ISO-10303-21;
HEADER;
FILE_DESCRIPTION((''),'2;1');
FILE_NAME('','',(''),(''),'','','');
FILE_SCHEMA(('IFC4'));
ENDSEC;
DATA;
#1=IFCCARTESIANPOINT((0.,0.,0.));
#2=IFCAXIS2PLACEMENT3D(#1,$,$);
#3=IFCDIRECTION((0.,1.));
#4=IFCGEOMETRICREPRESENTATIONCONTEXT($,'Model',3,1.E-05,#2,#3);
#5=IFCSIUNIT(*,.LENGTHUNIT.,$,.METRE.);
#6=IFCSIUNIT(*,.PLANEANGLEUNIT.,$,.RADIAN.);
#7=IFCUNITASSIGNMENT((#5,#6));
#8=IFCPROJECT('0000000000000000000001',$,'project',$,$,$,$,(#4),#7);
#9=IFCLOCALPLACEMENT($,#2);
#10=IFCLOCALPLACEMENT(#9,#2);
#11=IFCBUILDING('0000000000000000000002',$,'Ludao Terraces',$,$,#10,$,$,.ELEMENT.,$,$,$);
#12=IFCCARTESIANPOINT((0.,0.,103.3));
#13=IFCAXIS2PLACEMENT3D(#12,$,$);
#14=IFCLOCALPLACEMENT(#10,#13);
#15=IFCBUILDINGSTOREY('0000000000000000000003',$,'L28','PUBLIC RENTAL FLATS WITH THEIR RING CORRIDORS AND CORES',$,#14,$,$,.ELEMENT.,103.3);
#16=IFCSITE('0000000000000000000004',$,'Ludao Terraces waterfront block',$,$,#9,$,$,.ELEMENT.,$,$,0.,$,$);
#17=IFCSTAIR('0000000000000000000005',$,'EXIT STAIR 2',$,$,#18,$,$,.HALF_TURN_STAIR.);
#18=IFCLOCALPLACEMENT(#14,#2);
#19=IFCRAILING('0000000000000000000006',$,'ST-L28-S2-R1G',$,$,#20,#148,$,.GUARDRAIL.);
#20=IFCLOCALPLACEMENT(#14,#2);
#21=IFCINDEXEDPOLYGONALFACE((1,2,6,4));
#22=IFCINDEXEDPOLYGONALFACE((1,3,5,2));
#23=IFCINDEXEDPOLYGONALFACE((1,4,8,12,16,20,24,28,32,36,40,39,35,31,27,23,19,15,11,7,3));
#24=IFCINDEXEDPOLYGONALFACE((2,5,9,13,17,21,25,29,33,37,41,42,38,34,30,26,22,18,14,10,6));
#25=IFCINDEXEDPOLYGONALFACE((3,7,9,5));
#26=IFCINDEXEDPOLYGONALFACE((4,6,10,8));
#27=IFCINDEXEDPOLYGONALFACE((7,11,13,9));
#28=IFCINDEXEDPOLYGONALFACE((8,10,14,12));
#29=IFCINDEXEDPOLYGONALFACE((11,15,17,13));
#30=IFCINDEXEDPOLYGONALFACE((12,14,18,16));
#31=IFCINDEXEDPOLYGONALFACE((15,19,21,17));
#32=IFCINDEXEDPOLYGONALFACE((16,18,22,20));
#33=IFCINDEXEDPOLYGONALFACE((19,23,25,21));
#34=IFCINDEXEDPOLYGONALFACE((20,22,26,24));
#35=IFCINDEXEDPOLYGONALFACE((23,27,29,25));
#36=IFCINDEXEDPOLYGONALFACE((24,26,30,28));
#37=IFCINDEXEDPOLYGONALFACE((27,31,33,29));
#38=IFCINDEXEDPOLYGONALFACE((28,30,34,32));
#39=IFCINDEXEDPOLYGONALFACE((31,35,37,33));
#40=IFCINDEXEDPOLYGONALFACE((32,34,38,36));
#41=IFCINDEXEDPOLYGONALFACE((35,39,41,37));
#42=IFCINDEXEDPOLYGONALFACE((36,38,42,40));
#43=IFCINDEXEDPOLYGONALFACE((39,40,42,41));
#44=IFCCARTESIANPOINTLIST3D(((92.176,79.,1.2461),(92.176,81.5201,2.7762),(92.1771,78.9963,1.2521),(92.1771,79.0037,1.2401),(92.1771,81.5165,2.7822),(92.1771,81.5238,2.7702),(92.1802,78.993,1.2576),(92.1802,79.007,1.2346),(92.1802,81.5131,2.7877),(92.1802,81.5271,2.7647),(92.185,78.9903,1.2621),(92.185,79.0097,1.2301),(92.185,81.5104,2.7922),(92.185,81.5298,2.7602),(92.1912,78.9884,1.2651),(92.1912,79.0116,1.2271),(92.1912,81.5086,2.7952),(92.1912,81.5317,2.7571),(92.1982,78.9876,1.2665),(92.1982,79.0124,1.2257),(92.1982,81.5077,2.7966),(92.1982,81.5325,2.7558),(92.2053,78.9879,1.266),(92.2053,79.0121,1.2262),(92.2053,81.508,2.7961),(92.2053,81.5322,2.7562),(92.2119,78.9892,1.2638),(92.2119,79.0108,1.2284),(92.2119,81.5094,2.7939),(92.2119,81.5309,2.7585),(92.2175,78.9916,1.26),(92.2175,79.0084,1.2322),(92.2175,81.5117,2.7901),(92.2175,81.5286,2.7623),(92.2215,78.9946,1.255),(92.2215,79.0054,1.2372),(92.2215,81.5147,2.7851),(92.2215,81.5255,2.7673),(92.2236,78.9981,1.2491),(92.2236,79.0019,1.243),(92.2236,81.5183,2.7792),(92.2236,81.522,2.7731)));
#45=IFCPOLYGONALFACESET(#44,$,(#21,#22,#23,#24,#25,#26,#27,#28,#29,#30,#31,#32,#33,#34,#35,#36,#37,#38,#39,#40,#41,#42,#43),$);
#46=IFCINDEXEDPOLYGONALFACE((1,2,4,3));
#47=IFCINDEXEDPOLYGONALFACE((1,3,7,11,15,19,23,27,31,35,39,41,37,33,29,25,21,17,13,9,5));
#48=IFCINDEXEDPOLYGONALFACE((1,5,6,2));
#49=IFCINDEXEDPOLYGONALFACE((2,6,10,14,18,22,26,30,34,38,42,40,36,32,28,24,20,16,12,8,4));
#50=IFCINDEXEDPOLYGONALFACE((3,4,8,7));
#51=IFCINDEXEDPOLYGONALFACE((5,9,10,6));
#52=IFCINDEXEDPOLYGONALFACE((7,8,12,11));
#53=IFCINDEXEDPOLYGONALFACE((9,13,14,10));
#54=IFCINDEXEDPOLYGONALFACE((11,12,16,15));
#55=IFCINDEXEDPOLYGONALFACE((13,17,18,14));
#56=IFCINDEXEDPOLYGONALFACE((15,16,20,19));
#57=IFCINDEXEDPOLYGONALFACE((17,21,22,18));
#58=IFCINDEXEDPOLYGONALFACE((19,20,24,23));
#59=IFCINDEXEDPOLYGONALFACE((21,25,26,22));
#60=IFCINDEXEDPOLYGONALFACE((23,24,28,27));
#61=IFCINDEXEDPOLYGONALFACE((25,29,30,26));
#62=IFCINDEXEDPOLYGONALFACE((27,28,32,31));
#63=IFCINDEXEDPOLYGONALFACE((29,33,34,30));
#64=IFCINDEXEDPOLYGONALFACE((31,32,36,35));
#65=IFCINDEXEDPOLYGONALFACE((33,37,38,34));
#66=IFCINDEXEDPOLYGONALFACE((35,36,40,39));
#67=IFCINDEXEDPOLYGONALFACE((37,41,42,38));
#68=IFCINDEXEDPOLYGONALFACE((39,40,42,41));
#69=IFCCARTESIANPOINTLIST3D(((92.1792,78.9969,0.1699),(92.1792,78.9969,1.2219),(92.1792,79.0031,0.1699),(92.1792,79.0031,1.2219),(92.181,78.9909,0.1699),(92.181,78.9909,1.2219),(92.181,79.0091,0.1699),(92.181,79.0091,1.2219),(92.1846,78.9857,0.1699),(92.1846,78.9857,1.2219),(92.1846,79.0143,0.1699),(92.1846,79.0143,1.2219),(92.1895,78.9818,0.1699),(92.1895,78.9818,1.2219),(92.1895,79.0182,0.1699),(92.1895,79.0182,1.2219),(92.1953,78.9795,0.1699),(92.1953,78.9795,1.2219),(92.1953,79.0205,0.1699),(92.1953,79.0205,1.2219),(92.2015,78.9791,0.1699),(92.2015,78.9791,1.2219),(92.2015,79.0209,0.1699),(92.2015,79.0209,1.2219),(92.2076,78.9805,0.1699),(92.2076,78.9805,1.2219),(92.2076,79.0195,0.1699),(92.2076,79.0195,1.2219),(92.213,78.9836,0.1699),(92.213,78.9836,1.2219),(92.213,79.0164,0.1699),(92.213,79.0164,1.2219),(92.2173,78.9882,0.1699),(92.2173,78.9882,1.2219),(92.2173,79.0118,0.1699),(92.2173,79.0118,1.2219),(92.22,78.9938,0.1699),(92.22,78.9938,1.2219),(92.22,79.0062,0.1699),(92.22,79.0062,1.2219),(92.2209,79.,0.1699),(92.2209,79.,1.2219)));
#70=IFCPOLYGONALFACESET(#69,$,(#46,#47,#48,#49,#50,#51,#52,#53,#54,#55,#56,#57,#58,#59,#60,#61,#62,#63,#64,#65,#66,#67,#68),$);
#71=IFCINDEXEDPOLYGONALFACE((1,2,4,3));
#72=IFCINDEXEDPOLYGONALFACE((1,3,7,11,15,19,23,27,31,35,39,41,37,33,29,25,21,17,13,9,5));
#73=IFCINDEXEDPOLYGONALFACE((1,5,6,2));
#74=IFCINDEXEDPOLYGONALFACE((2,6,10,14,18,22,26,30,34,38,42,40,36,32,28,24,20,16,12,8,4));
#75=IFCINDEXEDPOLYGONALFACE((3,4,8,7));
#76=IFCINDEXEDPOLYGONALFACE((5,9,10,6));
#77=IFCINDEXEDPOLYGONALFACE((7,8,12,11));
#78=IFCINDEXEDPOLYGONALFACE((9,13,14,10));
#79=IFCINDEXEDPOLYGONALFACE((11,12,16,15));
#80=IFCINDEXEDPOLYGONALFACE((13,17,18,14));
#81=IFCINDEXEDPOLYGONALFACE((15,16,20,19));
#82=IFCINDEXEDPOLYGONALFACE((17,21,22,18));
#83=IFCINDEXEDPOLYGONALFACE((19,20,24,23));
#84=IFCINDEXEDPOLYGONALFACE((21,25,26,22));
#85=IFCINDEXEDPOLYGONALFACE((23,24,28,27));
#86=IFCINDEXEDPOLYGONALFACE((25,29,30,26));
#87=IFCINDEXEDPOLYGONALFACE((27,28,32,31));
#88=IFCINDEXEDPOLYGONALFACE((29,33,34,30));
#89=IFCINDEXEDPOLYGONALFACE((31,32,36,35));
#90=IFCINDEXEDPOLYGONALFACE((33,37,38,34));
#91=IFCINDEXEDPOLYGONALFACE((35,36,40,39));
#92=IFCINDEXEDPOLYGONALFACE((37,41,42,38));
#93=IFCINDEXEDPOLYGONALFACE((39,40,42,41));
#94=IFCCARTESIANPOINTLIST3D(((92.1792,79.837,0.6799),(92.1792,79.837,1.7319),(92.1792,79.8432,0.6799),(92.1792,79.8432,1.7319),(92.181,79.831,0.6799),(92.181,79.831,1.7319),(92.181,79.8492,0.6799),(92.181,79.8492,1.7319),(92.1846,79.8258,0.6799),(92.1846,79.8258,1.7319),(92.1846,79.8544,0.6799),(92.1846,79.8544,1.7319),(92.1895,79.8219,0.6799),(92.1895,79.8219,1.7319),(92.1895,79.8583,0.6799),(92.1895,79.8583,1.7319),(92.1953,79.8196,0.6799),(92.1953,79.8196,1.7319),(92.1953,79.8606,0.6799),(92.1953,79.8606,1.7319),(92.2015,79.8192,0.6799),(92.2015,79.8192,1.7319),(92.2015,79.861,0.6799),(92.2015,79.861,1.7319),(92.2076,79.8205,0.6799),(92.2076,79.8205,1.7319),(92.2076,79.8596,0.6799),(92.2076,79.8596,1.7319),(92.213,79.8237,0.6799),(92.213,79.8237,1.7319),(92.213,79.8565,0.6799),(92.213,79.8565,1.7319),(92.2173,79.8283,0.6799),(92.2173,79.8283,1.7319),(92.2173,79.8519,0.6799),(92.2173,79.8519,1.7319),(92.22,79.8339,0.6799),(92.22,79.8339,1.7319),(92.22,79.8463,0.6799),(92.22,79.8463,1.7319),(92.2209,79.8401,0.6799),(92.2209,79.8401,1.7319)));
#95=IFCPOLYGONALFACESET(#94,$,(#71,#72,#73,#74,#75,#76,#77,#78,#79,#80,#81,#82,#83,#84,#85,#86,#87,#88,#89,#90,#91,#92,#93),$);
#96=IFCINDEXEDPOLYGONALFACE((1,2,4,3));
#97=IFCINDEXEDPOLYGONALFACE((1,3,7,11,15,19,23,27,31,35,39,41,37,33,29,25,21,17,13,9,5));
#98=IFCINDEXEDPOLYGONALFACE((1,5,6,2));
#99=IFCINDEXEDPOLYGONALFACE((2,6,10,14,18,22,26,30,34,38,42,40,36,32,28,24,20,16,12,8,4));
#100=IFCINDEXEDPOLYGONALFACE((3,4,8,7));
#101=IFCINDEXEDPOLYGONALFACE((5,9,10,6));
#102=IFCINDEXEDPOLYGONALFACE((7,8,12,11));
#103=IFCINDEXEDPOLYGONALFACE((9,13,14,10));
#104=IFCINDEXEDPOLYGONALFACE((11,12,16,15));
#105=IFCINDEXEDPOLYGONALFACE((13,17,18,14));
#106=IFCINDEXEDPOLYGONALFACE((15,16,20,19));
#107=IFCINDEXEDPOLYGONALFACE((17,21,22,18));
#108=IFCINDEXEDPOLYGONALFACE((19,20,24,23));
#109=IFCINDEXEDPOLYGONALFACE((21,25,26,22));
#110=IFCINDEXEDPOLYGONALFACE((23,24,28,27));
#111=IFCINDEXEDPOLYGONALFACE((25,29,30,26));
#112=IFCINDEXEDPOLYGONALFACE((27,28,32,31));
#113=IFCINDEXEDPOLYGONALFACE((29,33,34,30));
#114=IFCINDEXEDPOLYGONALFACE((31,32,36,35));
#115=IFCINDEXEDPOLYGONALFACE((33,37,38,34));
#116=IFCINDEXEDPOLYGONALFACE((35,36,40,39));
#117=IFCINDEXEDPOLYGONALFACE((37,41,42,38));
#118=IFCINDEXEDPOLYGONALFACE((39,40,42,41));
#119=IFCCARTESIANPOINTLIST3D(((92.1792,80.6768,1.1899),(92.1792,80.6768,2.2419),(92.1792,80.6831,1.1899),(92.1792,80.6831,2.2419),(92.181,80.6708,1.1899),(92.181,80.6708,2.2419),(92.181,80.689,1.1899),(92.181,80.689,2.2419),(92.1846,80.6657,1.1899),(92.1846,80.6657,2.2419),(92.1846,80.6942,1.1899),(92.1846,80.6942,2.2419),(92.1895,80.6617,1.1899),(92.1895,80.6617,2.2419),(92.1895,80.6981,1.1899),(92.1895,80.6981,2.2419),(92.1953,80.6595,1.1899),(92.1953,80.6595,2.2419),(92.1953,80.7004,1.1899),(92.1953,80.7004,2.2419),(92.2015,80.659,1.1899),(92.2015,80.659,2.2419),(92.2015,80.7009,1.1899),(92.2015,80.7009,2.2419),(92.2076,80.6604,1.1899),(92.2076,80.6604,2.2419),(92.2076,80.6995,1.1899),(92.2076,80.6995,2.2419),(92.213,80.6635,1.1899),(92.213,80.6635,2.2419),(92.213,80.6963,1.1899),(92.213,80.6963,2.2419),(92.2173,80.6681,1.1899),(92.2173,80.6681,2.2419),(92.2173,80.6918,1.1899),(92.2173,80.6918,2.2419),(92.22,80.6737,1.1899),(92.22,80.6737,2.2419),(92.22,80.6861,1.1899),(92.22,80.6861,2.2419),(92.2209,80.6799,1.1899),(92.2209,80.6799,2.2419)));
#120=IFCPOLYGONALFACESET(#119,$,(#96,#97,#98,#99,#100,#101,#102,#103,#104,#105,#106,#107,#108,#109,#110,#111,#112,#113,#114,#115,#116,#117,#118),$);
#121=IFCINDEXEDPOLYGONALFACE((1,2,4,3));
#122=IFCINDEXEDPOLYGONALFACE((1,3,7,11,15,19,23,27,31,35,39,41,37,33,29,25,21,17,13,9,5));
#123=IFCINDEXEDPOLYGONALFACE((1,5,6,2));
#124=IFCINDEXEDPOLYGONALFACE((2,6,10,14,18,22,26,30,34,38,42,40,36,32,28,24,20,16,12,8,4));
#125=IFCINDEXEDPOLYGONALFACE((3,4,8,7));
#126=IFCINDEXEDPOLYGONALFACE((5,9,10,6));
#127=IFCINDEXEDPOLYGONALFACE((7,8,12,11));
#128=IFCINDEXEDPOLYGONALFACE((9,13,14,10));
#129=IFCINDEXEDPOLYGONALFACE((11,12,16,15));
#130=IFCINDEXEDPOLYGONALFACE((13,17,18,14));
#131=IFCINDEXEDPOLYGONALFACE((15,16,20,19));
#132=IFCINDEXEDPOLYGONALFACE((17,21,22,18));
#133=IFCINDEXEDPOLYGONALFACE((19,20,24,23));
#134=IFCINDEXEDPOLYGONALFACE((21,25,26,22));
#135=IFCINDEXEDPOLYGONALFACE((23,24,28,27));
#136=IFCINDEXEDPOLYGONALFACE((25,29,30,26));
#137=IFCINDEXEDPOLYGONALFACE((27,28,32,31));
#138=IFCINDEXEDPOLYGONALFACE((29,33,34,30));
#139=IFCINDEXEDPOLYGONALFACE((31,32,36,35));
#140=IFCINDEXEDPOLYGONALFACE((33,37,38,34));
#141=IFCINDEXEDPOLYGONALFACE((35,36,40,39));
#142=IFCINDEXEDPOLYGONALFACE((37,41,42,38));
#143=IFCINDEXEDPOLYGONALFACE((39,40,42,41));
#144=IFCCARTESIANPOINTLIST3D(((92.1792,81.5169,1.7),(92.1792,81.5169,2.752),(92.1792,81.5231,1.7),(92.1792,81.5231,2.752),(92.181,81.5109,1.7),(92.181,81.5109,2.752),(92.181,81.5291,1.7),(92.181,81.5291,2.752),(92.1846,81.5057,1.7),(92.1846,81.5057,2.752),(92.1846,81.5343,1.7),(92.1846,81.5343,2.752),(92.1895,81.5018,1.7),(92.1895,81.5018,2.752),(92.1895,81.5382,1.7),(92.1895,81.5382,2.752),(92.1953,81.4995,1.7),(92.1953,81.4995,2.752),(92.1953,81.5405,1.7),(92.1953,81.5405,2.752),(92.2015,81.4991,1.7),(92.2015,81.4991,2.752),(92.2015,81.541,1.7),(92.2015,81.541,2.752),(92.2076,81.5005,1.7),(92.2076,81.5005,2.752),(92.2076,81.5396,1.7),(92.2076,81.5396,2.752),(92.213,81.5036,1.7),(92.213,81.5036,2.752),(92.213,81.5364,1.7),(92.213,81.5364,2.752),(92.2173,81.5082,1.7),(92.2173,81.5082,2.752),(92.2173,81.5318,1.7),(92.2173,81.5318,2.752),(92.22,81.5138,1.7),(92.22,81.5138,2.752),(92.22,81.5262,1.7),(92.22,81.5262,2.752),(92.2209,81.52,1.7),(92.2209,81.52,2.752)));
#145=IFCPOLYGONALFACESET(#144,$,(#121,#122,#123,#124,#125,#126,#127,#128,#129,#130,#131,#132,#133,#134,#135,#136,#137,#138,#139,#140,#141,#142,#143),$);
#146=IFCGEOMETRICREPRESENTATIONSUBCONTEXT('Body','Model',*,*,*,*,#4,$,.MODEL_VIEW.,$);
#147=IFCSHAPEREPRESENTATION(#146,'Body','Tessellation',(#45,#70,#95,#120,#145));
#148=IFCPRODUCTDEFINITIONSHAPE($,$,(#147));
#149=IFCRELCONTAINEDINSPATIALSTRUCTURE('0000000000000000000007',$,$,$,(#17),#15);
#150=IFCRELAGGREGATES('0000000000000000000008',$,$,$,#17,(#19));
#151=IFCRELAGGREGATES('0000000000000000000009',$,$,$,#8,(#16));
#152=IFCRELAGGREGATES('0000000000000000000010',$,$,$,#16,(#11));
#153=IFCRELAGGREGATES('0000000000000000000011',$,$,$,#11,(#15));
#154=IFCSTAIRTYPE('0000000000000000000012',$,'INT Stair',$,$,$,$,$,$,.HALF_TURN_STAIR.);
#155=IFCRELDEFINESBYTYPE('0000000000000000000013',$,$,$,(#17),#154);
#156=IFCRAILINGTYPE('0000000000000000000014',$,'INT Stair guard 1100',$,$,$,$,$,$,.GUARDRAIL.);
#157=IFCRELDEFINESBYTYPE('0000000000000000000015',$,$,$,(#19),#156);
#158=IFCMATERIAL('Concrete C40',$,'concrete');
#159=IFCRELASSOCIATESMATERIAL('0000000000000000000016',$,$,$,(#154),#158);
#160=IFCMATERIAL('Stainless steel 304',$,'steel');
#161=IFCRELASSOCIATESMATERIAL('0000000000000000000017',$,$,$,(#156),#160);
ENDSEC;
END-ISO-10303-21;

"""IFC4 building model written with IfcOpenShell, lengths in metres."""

from ifc_helpers import new_model, si_unit, direction, frame, origin, origin_2d, place, context, subcontext, project, spatial, circle, extrude, material, type_object, element, aggregate, save


model = new_model("IFC4")

# Units and contexts
model_context = context("Model", 3, precision=1e-05, world=origin(), true_north=direction((0.0, 1.0)))
body_context = subcontext(model_context, "Body", "Model", "MODEL_VIEW")
ifc_project = project(units=[si_unit("LENGTHUNIT", "METRE"), si_unit("PLANEANGLEUNIT", "RADIAN")], contexts=[model_context])

# Site, building, storey
site_placement = place(None, origin())
site = spatial("IfcSite", under=ifc_project, at=site_placement, Name="Ludao Terraces waterfront block", CompositionType="ELEMENT", RefElevation=0.0)
building_placement = place(site_placement, origin())
building = spatial("IfcBuilding", under=site, at=building_placement, Name="Ludao Terraces", CompositionType="ELEMENT")
storey_placement = place(building_placement, frame((0.0, 0.0, 103.3)))
storey = spatial("IfcBuildingStorey", under=building, at=storey_placement, Name="L28", Description="PUBLIC RENTAL FLATS WITH THEIR RING CORRIDORS AND CORES", CompositionType="ELEMENT", Elevation=103.3)

# Shared definitions
ifc_material_1 = material(Name="Stainless steel 304", Category="steel")

# Stair, railing
ifc_material_2 = material(Name="Concrete C40", Category="concrete")
stair_type = type_object("IfcStairType", Name="INT Stair", PredefinedType="HALF_TURN_STAIR", material=ifc_material_2)
stair_placement = place(storey_placement, origin())
stair = element("IfcStair", 1, at=stair_placement, inside=storey, type_object=stair_type, Name="EXIT STAIR 2", PredefinedType="HALF_TURN_STAIR")
railing_type_1 = type_object("IfcRailingType", Name="INT Stair guard 1100", PredefinedType="GUARDRAIL", material=ifc_material_1)
railing_1_placement = place(storey_placement, frame((92.2, 79.0, 0.1699)))
railing_1 = element("IfcRailing", 2, at=railing_1_placement, type_object=railing_type_1, Name="ST-L28-S2-R1G", PredefinedType="GUARDRAIL", context=body_context, shape_type="SweptSolid", body=[
    extrude(circle(Radius=0.0239, at=origin_2d()), frame((0.0, 0.0, 1.0762), z_axis=(0.0, 0.854785, 0.518982), x_axis=(-1.0, 0.0, 0.0)), (0.0, 0.0, 1.0), 2.9482),
    extrude(circle(Radius=0.021, at=origin_2d()), origin(), (0.0, 0.0, 1.0), 1.052),
    extrude(circle(Radius=0.021, at=origin_2d()), frame((0.0, 0.8401, 0.51)), (0.0, 0.0, 1.0), 1.052),
    extrude(circle(Radius=0.021, at=origin_2d()), frame((0.0, 1.6799, 1.02)), (0.0, 0.0, 1.0), 1.052),
    extrude(circle(Radius=0.021, at=origin_2d()), frame((0.0, 2.52, 1.53)), (0.0, 0.0, 1.0), 1.052),
])
aggregate(stair, [railing_1])

save(model, "model.ifc")
